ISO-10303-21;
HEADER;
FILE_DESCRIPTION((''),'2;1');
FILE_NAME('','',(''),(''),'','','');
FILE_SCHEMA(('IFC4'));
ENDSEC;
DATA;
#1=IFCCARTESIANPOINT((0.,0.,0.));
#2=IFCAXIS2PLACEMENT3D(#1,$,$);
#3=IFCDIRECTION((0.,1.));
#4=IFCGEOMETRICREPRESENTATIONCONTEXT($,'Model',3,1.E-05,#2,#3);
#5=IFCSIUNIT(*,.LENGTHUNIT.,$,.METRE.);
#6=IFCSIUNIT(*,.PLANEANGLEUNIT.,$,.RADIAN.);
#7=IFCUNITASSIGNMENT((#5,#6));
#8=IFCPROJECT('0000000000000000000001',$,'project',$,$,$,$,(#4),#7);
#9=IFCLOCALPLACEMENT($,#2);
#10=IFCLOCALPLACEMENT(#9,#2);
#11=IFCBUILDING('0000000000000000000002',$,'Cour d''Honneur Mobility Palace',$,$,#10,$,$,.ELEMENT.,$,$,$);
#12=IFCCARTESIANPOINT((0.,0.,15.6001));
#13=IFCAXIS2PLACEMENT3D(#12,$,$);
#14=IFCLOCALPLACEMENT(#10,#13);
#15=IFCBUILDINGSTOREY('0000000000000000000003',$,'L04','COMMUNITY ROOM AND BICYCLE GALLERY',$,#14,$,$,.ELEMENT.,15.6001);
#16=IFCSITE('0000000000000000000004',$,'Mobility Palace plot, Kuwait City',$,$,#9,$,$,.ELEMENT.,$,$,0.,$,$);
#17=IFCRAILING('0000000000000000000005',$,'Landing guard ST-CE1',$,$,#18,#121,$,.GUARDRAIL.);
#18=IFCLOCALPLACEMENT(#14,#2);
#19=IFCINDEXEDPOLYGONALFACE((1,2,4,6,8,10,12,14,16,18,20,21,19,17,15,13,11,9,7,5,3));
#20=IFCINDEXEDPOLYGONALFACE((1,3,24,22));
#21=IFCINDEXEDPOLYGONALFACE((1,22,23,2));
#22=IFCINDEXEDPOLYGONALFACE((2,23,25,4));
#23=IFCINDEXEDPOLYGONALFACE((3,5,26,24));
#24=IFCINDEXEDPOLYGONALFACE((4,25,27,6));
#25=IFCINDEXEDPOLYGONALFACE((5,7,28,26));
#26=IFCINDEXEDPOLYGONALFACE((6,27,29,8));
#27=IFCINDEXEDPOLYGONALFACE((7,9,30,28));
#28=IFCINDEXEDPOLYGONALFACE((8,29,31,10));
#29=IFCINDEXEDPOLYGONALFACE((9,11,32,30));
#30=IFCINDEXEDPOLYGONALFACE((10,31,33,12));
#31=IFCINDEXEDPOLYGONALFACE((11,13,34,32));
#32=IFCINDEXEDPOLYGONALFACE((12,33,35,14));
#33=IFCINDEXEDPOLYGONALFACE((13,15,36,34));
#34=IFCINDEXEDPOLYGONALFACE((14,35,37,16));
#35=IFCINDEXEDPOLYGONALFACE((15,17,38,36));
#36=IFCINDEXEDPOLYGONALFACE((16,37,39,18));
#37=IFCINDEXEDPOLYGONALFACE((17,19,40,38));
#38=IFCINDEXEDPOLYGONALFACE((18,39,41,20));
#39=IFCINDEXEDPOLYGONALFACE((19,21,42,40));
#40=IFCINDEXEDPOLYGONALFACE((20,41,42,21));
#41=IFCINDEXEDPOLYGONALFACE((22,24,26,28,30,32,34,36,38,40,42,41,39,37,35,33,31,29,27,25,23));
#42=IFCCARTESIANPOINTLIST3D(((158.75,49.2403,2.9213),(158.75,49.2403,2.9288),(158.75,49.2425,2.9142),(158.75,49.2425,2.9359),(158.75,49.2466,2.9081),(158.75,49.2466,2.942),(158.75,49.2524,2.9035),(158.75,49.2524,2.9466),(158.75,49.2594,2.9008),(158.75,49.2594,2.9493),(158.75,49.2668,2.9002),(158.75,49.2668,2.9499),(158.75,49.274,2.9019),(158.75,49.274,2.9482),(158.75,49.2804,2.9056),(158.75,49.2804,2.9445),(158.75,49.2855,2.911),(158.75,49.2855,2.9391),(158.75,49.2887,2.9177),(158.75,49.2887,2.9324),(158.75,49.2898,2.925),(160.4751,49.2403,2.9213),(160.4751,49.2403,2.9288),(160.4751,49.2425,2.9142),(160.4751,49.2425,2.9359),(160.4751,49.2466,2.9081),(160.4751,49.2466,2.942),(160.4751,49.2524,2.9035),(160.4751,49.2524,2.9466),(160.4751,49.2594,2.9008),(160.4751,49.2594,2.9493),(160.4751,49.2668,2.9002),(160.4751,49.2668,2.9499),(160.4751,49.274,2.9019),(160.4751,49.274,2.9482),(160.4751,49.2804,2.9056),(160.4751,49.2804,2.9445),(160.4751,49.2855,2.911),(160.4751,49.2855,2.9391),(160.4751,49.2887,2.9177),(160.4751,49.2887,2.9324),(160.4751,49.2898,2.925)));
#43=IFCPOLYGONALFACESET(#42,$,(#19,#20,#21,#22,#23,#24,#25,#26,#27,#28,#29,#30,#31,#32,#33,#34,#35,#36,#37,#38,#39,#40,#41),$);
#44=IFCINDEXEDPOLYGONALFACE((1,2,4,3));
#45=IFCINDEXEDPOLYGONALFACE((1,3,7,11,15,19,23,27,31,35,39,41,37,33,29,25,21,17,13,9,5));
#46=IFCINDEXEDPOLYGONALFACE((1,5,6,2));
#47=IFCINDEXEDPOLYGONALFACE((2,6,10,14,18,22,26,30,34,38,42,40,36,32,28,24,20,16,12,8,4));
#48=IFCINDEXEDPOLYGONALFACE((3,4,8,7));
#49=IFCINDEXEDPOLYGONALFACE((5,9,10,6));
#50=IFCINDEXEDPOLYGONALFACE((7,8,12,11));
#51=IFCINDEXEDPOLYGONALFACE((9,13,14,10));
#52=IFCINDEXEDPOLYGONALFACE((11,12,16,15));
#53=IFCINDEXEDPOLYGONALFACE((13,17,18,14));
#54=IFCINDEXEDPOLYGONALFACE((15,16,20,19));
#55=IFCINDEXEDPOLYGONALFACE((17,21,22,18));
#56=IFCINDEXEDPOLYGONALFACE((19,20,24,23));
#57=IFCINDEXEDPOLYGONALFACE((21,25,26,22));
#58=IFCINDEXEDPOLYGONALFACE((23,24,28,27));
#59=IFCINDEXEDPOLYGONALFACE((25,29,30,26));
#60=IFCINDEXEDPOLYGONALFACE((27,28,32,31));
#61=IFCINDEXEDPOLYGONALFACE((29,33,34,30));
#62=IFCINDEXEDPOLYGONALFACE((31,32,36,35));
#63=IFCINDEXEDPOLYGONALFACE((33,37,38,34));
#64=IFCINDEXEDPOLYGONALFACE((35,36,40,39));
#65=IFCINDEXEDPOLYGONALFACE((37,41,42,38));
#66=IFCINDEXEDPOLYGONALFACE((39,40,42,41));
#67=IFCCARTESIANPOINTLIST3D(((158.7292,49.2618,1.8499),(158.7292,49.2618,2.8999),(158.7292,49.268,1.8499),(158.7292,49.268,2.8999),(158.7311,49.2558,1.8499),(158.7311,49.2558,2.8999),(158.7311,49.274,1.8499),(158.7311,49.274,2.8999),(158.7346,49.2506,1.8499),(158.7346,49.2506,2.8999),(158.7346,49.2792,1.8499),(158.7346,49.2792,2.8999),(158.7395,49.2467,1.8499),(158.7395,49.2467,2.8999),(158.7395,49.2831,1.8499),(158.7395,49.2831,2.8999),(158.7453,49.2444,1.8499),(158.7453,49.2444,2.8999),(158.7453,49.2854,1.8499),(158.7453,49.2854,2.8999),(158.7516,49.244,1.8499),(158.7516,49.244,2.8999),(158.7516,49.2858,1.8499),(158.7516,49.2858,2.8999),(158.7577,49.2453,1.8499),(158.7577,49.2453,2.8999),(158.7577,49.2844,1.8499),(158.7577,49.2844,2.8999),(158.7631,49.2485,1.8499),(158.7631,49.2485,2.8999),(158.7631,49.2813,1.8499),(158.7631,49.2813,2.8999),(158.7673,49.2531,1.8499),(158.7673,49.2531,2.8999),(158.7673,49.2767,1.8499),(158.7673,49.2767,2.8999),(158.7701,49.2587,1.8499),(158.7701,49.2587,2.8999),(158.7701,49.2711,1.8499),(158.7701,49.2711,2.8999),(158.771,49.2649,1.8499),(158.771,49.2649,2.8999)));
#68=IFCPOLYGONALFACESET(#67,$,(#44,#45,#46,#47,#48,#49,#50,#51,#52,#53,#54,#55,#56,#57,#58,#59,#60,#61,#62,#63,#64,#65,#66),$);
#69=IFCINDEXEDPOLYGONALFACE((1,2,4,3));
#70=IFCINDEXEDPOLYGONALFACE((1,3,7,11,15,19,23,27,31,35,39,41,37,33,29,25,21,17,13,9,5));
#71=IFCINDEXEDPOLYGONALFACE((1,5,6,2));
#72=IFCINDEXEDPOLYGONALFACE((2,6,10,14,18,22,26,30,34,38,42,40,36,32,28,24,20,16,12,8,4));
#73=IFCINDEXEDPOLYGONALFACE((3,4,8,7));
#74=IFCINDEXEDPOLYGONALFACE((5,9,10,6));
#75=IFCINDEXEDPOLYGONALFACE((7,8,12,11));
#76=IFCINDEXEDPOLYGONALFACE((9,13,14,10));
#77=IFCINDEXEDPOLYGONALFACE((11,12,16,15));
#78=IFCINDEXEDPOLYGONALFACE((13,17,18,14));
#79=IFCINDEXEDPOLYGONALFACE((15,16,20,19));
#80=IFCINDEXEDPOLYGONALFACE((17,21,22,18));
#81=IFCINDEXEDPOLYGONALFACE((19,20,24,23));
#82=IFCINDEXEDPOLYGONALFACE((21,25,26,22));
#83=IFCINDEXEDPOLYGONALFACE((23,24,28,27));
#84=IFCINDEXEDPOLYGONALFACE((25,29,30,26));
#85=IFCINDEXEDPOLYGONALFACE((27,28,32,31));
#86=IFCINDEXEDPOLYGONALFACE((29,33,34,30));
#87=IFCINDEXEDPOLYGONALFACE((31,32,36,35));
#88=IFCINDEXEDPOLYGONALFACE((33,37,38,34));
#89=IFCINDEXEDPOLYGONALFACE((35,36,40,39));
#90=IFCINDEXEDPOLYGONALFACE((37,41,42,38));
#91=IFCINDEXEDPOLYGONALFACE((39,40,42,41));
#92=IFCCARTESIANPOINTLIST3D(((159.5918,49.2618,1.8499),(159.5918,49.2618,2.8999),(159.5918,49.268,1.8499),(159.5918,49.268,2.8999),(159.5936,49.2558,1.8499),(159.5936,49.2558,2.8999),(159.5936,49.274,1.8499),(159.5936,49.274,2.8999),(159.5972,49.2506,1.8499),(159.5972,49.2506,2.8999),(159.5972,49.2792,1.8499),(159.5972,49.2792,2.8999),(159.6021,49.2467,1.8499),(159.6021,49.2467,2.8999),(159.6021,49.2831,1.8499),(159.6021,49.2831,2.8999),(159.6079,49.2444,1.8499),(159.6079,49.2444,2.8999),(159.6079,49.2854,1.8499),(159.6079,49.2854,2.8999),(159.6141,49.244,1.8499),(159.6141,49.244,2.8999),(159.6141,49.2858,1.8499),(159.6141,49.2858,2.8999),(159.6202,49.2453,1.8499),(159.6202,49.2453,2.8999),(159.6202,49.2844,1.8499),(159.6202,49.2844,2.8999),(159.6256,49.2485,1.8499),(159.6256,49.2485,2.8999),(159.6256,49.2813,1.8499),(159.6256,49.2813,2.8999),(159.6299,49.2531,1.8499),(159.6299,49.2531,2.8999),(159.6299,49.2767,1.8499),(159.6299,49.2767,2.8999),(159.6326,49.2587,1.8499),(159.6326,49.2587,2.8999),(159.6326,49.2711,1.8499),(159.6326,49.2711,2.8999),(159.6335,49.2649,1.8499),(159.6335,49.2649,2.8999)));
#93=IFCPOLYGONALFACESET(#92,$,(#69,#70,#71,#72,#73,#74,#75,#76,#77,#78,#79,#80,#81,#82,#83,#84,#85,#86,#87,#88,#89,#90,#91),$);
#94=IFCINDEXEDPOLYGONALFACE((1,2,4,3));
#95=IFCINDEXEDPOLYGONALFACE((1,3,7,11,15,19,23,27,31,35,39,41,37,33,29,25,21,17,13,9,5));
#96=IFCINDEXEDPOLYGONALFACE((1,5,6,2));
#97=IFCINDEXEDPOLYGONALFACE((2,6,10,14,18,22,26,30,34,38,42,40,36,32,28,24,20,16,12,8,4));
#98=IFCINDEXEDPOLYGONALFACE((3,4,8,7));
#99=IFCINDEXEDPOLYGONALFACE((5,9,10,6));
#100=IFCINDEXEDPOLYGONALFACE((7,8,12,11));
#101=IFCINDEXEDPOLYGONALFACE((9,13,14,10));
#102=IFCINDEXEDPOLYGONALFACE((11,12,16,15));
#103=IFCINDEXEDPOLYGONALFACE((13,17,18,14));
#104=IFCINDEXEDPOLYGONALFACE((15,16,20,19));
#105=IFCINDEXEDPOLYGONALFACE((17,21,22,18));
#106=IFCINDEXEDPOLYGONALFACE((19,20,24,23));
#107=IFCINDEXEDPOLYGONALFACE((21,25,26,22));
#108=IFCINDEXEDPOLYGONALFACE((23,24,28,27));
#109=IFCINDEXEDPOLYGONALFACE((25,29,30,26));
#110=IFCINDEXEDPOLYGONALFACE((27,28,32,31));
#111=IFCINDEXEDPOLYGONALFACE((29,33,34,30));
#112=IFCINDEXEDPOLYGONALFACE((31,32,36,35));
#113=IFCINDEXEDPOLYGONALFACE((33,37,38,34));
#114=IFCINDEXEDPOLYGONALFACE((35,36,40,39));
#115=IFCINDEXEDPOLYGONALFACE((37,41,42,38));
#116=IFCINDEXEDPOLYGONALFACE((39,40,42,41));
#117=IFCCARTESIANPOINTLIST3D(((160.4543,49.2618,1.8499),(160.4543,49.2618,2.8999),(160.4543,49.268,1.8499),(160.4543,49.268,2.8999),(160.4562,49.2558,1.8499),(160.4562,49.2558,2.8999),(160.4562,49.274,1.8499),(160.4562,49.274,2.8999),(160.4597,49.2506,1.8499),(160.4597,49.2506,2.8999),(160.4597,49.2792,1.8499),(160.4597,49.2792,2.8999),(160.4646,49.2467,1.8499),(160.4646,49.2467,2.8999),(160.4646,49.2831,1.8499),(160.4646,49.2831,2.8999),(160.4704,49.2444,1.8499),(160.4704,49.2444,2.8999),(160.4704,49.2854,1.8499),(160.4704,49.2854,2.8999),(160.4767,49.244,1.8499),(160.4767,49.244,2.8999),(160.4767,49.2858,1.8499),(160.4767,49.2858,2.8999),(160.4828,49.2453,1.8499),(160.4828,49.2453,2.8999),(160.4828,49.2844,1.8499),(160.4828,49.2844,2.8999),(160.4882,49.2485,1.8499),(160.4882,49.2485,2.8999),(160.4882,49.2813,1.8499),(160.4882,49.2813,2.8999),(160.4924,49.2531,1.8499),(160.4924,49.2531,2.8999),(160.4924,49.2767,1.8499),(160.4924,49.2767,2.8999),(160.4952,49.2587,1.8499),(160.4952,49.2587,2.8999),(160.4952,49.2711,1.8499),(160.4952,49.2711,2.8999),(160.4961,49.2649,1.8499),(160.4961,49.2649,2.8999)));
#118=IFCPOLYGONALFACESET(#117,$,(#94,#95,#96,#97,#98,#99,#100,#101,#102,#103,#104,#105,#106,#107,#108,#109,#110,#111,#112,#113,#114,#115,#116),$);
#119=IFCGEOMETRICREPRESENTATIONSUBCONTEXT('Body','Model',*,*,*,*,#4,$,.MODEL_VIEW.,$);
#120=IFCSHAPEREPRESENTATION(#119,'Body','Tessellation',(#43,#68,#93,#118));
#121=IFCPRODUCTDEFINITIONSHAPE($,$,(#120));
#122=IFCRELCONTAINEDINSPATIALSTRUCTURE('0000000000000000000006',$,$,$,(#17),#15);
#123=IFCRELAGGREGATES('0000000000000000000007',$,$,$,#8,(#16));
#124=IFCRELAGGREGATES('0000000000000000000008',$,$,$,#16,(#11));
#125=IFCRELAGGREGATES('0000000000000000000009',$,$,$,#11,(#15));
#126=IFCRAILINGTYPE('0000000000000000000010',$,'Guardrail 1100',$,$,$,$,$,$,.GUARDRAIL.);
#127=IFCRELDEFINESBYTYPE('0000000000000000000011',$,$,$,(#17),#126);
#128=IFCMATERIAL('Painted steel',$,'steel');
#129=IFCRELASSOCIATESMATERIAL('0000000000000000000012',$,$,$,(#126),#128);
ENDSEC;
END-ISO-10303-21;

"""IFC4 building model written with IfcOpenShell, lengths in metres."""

from ifc_helpers import new_model, si_unit, direction, frame, origin, origin_2d, place, context, subcontext, project, spatial, circle, extrude, material, type_object, element, save


model = new_model("IFC4")

# Units and contexts
model_context = context("Model", 3, precision=1e-05, world=origin(), true_north=direction((0.0, 1.0)))
body_context = subcontext(model_context, "Body", "Model", "MODEL_VIEW")
ifc_project = project(units=[si_unit("LENGTHUNIT", "METRE"), si_unit("PLANEANGLEUNIT", "RADIAN")], contexts=[model_context])

# Site, building, storey
site_placement = place(None, origin())
site = spatial("IfcSite", under=ifc_project, at=site_placement, Name="Mobility Palace plot, Kuwait City", CompositionType="ELEMENT", RefElevation=0.0)
building_placement = place(site_placement, origin())
building = spatial("IfcBuilding", under=site, at=building_placement, Name="Cour d'Honneur Mobility Palace", CompositionType="ELEMENT")
storey_placement = place(building_placement, frame((0.0, 0.0, 15.6001)))
storey = spatial("IfcBuildingStorey", under=building, at=storey_placement, Name="L04", Description="COMMUNITY ROOM AND BICYCLE GALLERY", CompositionType="ELEMENT", Elevation=15.6001)

# Railing
ifc_material_1 = material(Name="Painted steel", Category="steel")
railing_type_1 = type_object("IfcRailingType", Name="Guardrail 1100", PredefinedType="GUARDRAIL", material=ifc_material_1)
railing_1_placement = place(storey_placement, frame((158.75, 49.2649, 1.8499)))
element("IfcRailing", 1, at=railing_1_placement, inside=storey, type_object=railing_type_1, Name="Landing guard ST-CE1", PredefinedType="GUARDRAIL", context=body_context, shape_type="SweptSolid", body=[
    extrude(circle(Radius=0.0249, at=origin_2d()), frame((0.0, 0.0, 1.0752), z_axis=(1.0, 0.0, 0.0), x_axis=(0.0, 1.0, 0.0)), (0.0, 0.0, 1.0), 1.7251),
    extrude(circle(Radius=0.021, at=origin_2d()), origin(), (0.0, 0.0, 1.0), 1.05),
    extrude(circle(Radius=0.021, at=origin_2d()), frame((0.8625, 0.0, 0.0)), (0.0, 0.0, 1.0), 1.05),
    extrude(circle(Radius=0.021, at=origin_2d()), frame((1.7251, 0.0, 0.0)), (0.0, 0.0, 1.0), 1.05),
])

save(model, "model.ifc")
